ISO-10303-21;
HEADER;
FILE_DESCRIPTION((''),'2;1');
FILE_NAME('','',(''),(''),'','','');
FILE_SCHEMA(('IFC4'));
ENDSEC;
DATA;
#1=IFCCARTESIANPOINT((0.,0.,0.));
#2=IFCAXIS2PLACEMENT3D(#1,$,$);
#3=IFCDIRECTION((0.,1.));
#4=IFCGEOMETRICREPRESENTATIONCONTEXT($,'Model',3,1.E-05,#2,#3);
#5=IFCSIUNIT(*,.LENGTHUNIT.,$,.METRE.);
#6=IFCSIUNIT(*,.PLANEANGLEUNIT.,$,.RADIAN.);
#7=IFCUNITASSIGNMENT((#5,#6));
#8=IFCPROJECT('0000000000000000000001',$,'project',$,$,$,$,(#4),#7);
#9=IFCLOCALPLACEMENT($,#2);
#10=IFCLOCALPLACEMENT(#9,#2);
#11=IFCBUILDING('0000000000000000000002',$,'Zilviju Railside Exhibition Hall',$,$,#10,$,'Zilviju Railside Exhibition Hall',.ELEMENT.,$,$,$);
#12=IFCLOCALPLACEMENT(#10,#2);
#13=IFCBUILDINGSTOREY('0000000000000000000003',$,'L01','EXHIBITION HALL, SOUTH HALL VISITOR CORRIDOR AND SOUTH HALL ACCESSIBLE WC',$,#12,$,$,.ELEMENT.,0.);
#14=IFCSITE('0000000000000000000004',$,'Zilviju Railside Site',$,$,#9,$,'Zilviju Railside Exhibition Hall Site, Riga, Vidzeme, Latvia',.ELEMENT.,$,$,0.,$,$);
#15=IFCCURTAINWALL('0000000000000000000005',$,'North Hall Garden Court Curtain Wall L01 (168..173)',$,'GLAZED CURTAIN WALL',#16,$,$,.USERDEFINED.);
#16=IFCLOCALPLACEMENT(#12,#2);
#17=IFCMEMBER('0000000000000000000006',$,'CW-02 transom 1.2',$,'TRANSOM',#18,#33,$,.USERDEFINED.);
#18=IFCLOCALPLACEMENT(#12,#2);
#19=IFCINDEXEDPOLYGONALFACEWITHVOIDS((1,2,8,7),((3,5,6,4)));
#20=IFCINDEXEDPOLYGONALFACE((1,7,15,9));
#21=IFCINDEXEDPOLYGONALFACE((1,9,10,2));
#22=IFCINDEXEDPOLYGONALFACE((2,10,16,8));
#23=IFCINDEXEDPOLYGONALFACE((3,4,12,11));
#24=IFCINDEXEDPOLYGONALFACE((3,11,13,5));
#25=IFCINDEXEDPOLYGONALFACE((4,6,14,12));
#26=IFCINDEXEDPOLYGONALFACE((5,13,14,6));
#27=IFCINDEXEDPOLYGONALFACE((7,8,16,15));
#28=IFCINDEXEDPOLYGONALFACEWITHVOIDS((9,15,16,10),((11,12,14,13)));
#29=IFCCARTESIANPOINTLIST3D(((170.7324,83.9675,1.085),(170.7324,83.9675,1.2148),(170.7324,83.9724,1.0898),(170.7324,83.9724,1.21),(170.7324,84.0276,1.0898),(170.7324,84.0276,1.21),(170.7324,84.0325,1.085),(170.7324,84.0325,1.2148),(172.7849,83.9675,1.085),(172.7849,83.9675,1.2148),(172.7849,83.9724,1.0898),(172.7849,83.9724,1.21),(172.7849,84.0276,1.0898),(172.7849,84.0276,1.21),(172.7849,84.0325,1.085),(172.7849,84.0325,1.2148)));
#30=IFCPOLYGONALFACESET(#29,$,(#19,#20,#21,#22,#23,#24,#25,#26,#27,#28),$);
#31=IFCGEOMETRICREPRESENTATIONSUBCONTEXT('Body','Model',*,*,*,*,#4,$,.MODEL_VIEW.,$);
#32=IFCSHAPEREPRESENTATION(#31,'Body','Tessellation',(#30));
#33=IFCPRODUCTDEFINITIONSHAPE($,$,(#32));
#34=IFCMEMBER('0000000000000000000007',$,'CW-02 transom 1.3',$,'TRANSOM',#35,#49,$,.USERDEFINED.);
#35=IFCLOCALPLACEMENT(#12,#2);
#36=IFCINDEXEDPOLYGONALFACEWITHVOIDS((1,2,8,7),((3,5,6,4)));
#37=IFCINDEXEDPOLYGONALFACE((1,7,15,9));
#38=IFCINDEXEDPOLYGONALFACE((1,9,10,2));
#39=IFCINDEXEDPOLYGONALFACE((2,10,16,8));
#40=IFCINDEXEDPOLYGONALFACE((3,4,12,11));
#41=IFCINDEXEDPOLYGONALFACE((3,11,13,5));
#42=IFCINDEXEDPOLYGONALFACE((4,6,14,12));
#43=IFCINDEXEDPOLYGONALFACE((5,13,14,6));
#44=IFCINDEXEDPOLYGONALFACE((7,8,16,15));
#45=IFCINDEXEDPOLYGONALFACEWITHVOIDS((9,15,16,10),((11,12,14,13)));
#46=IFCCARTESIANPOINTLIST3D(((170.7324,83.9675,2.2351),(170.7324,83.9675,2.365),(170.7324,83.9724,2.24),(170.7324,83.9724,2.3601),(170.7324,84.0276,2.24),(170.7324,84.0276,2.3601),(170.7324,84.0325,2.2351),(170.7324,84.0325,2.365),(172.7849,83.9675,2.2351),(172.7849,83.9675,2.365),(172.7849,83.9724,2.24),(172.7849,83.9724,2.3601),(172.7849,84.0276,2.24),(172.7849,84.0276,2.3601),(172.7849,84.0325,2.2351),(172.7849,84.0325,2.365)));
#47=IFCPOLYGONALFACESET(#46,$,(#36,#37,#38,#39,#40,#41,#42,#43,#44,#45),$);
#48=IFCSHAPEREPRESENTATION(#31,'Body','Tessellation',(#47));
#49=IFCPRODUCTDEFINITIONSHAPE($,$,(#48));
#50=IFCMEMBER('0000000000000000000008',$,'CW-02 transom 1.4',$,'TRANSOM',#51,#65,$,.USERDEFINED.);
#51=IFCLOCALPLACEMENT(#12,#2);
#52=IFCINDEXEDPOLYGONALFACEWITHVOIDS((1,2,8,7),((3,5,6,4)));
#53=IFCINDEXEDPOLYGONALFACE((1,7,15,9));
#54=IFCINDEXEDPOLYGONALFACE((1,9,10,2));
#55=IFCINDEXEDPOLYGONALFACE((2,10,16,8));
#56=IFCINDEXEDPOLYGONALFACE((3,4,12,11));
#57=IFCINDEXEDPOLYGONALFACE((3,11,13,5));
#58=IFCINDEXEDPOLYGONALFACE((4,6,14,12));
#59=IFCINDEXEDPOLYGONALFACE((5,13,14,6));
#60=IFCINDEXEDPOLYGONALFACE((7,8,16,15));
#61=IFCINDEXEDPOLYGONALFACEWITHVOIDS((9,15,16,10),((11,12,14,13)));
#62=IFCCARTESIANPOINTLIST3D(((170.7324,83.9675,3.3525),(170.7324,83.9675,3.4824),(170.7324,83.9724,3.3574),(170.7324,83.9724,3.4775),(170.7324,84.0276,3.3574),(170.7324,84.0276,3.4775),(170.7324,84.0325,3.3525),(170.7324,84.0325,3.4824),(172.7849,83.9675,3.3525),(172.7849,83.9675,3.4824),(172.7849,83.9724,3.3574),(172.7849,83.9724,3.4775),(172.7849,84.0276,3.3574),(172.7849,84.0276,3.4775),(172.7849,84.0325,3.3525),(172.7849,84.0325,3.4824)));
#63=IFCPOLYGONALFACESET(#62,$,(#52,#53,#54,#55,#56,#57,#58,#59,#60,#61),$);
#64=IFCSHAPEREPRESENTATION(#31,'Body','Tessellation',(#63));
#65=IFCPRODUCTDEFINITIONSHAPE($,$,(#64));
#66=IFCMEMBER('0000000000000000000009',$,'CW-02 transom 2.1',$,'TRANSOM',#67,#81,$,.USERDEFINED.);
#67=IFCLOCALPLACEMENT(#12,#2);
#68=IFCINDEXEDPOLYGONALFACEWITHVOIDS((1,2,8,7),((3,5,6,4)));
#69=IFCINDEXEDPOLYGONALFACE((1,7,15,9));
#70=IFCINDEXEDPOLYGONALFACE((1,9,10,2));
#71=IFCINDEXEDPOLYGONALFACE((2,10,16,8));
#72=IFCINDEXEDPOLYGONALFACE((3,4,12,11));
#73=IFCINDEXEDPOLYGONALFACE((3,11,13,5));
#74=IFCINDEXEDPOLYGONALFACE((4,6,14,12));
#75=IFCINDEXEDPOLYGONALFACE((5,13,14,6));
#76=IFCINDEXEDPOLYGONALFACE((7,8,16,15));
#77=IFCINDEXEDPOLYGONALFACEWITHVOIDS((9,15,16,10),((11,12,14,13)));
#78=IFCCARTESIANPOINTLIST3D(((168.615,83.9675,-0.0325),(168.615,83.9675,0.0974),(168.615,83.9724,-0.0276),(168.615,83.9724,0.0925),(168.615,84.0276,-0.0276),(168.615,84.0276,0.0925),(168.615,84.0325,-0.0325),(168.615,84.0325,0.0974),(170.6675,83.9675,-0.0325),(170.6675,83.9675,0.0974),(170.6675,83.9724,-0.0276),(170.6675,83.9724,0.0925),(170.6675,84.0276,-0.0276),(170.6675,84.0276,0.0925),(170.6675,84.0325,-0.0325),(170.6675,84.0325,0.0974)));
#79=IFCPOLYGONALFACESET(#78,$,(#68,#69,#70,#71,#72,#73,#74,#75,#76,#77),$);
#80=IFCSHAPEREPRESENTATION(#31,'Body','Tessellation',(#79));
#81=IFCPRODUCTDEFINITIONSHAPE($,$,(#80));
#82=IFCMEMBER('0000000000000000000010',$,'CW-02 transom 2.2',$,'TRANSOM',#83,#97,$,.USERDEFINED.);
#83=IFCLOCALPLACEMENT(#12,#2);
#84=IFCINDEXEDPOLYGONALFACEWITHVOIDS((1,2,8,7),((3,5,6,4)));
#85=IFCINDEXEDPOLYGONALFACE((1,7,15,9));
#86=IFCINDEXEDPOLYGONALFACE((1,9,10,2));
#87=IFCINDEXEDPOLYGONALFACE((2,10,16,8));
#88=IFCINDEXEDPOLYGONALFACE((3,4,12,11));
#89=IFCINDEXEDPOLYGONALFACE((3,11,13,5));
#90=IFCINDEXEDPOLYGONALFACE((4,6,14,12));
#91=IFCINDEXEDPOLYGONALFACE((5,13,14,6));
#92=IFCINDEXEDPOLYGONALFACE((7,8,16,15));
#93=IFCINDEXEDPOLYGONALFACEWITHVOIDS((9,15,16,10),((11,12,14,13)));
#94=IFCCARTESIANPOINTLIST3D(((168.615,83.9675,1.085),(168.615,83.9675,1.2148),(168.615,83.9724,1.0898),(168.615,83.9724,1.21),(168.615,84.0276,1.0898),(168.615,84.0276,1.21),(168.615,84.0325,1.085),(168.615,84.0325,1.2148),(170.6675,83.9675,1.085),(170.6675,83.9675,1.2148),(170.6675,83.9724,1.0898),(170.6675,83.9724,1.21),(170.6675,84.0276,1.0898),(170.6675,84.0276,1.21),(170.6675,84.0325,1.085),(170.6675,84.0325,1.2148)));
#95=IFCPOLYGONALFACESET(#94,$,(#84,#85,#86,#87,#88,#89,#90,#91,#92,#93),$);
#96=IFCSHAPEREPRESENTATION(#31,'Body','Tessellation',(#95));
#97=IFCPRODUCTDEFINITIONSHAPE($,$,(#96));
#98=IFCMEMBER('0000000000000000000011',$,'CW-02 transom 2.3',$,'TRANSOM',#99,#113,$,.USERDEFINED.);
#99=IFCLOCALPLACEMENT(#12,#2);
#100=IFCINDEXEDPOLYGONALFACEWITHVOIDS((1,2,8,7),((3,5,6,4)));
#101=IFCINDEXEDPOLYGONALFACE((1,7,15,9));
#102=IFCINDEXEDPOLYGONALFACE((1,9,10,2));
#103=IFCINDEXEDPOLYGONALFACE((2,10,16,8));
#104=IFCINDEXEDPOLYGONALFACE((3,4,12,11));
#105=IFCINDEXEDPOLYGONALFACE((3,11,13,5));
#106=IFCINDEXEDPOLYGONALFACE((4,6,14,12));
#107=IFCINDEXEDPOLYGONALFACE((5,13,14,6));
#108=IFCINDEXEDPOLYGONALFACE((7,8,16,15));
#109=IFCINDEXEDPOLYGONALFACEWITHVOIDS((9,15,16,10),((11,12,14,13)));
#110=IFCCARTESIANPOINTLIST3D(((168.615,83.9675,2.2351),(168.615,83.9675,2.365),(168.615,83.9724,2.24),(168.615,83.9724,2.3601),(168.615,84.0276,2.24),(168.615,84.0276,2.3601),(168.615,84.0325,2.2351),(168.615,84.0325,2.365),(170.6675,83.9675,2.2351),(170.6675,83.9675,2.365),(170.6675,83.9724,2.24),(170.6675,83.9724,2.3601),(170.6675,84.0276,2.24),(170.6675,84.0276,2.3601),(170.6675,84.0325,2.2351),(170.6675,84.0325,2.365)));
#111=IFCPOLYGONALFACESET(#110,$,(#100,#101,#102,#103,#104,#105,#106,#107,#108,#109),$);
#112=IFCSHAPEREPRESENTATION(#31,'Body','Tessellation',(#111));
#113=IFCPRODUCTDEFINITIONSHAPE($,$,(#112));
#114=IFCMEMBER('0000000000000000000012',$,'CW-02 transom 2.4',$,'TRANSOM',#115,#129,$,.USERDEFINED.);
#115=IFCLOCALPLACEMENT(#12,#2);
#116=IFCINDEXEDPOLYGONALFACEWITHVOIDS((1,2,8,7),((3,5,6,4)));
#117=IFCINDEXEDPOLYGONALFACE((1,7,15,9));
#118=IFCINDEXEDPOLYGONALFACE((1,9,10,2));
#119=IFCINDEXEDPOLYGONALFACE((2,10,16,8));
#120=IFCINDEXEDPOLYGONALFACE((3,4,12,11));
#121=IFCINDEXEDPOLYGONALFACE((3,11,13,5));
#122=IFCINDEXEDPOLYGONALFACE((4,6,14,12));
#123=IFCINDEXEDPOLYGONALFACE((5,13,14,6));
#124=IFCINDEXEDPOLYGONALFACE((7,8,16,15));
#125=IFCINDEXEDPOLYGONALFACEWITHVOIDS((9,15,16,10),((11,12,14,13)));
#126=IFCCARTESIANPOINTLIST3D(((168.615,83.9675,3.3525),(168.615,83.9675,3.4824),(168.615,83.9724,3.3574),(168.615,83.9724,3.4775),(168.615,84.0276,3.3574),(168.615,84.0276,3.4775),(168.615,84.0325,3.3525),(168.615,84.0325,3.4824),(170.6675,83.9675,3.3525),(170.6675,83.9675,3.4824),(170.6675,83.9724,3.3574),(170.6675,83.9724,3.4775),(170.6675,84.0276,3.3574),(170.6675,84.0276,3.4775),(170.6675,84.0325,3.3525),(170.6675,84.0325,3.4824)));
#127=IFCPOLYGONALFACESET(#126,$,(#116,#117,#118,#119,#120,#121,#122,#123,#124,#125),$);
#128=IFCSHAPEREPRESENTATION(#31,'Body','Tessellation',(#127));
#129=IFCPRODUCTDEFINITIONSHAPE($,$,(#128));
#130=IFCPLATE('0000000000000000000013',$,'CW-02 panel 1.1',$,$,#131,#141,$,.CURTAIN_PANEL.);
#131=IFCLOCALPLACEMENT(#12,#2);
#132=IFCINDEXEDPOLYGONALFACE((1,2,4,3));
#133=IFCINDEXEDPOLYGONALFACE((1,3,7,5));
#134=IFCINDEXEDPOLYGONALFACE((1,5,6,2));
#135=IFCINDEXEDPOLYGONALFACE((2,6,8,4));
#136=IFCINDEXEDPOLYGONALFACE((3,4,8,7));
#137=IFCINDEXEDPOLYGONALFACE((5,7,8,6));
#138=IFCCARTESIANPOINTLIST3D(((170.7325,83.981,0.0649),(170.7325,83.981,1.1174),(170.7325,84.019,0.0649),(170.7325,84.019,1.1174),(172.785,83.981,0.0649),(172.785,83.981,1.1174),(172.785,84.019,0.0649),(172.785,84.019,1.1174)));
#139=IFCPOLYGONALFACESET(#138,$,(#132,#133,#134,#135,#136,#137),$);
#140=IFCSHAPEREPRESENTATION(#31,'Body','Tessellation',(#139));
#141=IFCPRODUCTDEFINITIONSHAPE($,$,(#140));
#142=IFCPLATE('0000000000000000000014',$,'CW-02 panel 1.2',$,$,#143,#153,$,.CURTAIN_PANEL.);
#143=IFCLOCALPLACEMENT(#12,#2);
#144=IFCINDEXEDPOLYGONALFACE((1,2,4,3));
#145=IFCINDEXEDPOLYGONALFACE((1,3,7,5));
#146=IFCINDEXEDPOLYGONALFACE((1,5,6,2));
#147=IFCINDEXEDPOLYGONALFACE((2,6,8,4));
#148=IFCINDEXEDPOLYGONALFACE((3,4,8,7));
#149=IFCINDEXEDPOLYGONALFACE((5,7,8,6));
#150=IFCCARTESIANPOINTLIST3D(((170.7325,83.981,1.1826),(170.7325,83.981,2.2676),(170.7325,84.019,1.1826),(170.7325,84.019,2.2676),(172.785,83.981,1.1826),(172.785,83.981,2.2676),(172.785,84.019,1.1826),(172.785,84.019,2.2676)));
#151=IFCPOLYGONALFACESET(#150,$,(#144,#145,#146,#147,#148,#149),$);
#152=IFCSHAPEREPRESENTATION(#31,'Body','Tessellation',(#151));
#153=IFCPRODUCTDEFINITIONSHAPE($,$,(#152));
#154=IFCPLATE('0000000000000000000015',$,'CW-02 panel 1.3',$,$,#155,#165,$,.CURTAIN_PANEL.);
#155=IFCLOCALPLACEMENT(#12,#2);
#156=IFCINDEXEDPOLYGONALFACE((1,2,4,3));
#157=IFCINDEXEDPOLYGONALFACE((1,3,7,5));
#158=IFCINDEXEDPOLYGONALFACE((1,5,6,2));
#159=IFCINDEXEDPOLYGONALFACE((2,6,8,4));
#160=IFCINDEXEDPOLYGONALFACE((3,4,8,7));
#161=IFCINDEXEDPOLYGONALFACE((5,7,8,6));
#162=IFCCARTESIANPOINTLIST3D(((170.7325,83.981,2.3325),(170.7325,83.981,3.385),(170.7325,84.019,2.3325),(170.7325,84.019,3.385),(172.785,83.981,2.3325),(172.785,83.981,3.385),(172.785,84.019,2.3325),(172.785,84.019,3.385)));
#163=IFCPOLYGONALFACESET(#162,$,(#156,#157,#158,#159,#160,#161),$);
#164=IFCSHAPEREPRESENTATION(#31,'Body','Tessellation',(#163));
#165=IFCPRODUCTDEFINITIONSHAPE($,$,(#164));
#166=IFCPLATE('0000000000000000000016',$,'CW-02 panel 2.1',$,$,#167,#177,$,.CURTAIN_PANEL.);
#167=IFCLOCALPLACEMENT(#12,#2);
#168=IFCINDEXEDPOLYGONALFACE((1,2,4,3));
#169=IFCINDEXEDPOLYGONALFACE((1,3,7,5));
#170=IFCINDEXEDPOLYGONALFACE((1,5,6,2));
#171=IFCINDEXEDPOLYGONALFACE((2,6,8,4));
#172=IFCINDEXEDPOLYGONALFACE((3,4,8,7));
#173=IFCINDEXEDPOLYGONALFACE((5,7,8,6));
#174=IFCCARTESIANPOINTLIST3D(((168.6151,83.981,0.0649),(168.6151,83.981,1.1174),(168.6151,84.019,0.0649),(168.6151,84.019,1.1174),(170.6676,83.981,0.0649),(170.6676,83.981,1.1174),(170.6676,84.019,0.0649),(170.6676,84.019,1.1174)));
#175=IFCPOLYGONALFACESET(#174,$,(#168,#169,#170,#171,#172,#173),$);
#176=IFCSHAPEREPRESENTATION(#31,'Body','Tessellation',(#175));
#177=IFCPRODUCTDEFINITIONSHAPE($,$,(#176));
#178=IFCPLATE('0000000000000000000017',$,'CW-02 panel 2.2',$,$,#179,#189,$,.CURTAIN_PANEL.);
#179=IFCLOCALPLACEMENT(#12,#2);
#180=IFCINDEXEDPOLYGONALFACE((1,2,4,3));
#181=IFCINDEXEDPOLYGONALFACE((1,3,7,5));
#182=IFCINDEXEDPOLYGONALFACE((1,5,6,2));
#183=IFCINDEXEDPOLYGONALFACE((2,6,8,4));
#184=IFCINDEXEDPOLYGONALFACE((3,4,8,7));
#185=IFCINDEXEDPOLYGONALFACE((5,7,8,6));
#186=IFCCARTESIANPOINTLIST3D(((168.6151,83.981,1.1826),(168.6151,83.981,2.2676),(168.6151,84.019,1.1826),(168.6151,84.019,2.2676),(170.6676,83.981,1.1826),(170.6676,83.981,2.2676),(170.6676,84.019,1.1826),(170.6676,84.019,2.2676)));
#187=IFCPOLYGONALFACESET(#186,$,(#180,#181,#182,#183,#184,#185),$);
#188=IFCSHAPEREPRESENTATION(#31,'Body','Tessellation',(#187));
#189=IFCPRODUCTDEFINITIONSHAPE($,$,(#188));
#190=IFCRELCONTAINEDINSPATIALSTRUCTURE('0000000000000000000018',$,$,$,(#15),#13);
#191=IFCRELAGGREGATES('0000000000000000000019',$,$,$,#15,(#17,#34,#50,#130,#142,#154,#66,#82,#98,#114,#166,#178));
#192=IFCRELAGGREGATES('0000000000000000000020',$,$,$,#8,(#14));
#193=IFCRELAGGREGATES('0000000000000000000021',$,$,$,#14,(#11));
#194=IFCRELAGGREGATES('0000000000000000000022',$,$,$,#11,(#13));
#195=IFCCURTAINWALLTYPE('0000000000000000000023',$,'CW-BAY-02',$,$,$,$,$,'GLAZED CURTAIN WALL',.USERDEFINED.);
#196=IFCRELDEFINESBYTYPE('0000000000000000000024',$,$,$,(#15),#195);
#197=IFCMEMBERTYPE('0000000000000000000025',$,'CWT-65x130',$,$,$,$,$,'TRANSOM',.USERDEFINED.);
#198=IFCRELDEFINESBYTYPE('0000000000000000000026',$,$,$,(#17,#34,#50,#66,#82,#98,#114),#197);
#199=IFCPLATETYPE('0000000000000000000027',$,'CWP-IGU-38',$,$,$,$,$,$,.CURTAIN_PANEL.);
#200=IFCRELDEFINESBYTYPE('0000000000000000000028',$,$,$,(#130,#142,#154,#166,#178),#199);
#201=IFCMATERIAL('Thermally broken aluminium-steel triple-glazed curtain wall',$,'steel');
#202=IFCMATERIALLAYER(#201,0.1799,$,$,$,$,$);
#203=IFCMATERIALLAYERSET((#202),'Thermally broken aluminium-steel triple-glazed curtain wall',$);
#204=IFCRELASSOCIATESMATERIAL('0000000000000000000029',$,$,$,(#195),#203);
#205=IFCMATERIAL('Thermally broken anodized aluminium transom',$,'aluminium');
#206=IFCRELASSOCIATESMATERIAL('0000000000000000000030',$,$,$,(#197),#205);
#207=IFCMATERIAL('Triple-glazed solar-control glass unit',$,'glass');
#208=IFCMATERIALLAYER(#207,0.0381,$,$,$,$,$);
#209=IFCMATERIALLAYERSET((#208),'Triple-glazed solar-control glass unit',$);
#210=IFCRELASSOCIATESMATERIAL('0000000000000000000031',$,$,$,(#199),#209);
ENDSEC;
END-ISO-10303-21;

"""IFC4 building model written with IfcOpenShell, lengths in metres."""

from ifc_helpers import new_model, si_unit, direction, frame, origin, origin_2d, place, context, subcontext, project, spatial, rectangle, hollow_rectangle, extrude, material, layer, layer_set, material_profile, profile_set, type_object, element, aggregate, save


model = new_model("IFC4")

# Units and contexts
model_context = context("Model", 3, precision=1e-05, world=origin(), true_north=direction((0.0, 1.0)))
body_context = subcontext(model_context, "Body", "Model", "MODEL_VIEW")
ifc_project = project(units=[si_unit("LENGTHUNIT", "METRE"), si_unit("PLANEANGLEUNIT", "RADIAN")], contexts=[model_context])

# Site, building, storey
site_placement = place(None, origin())
site = spatial("IfcSite", under=ifc_project, at=site_placement, Name="Zilviju Railside Site", LongName="Zilviju Railside Exhibition Hall Site, Riga, Vidzeme, Latvia", CompositionType="ELEMENT", RefElevation=0.0)
building_placement = place(site_placement, origin())
building = spatial("IfcBuilding", under=site, at=building_placement, Name="Zilviju Railside Exhibition Hall", LongName="Zilviju Railside Exhibition Hall", CompositionType="ELEMENT")
storey_placement = place(building_placement, origin())
storey = spatial("IfcBuildingStorey", under=building, at=storey_placement, Name="L01", Description="EXHIBITION HALL, SOUTH HALL VISITOR CORRIDOR AND SOUTH HALL ACCESSIBLE WC", CompositionType="ELEMENT", Elevation=0.0)

# Curtain wall, members, plates
ifc_material_1 = material(Name="Thermally broken aluminium-steel triple-glazed curtain wall", Category="steel")
ifc_layer_1 = layer(ifc_material_1, 0.1799)
ifc_layer_set_1 = layer_set([ifc_layer_1], Name="Thermally broken aluminium-steel triple-glazed curtain wall")
curtain_wall_type = type_object("IfcCurtainWallType", Name="CW-BAY-02", ElementType="GLAZED CURTAIN WALL", PredefinedType="USERDEFINED", material=ifc_layer_set_1)
curtain_wall_placement = place(storey_placement, origin())
curtain_wall = element("IfcCurtainWall", 1, at=curtain_wall_placement, inside=storey, type_object=curtain_wall_type, Name="North Hall Garden Court Curtain Wall L01 (168..173)", ObjectType="GLAZED CURTAIN WALL", PredefinedType="USERDEFINED")
ifc_material_2 = material(Name="Thermally broken anodized aluminium transom", Category="aluminium")
ifc_material_profile_1 = material_profile(ifc_material_2, hollow_rectangle(XDim=0.0649, YDim=0.1299, WallThickness=0.0049, at=origin_2d()), Name="TRANSOM 130x65x5")
ifc_profile_set_1 = profile_set([ifc_material_profile_1], Name="Thermally broken anodized aluminium transom")
member_type_1 = type_object("IfcMemberType", Name="CWT-65x130", ElementType="TRANSOM", PredefinedType="USERDEFINED", material=ifc_profile_set_1)
member_1_placement = place(storey_placement, frame((172.7849, 84.0, 1.1499), z_axis=(-1.0, 0.0, 0.0), x_axis=(0.0, -1.0, 0.0)))
member_1 = element("IfcMember", 2, at=member_1_placement, type_object=member_type_1, Name="CW-02 transom 1.2", ObjectType="TRANSOM", PredefinedType="USERDEFINED", context=body_context, shape_type="SweptSolid", body=[
    extrude(hollow_rectangle(XDim=0.0649, YDim=0.1299, WallThickness=0.0049, at=origin_2d()), origin(), (0.0, 0.0, 1.0), 2.0525),
])
member_2_placement = place(storey_placement, frame((172.7849, 84.0, 2.3), z_axis=(-1.0, 0.0, 0.0), x_axis=(0.0, -1.0, 0.0)))
member_2 = element("IfcMember", 3, at=member_2_placement, type_object=member_type_1, Name="CW-02 transom 1.3", ObjectType="TRANSOM", PredefinedType="USERDEFINED", context=body_context, shape_type="SweptSolid", body=[
    extrude(hollow_rectangle(XDim=0.0649, YDim=0.1299, WallThickness=0.0049, at=origin_2d()), origin(), (0.0, 0.0, 1.0), 2.0525),
])
member_3_placement = place(storey_placement, frame((172.7849, 84.0, 3.4175), z_axis=(-1.0, 0.0, 0.0), x_axis=(0.0, -1.0, 0.0)))
member_3 = element("IfcMember", 4, at=member_3_placement, type_object=member_type_1, Name="CW-02 transom 1.4", ObjectType="TRANSOM", PredefinedType="USERDEFINED", context=body_context, shape_type="SweptSolid", body=[
    extrude(hollow_rectangle(XDim=0.0649, YDim=0.1299, WallThickness=0.0049, at=origin_2d()), origin(), (0.0, 0.0, 1.0), 2.0525),
])
member_4_placement = place(storey_placement, frame((170.6675, 84.0, 0.0325), z_axis=(-1.0, 0.0, 0.0), x_axis=(0.0, -1.0, 0.0)))
member_4 = element("IfcMember", 5, at=member_4_placement, type_object=member_type_1, Name="CW-02 transom 2.1", ObjectType="TRANSOM", PredefinedType="USERDEFINED", context=body_context, shape_type="SweptSolid", body=[
    extrude(hollow_rectangle(XDim=0.0649, YDim=0.1299, WallThickness=0.0049, at=origin_2d()), origin(), (0.0, 0.0, 1.0), 2.0525),
])
member_5_placement = place(storey_placement, frame((170.6675, 84.0, 1.1499), z_axis=(-1.0, 0.0, 0.0), x_axis=(0.0, -1.0, 0.0)))
member_5 = element("IfcMember", 6, at=member_5_placement, type_object=member_type_1, Name="CW-02 transom 2.2", ObjectType="TRANSOM", PredefinedType="USERDEFINED", context=body_context, shape_type="SweptSolid", body=[
    extrude(hollow_rectangle(XDim=0.0649, YDim=0.1299, WallThickness=0.0049, at=origin_2d()), origin(), (0.0, 0.0, 1.0), 2.0525),
])
member_6_placement = place(storey_placement, frame((170.6675, 84.0, 2.3), z_axis=(-1.0, 0.0, 0.0), x_axis=(0.0, -1.0, 0.0)))
member_6 = element("IfcMember", 7, at=member_6_placement, type_object=member_type_1, Name="CW-02 transom 2.3", ObjectType="TRANSOM", PredefinedType="USERDEFINED", context=body_context, shape_type="SweptSolid", body=[
    extrude(hollow_rectangle(XDim=0.0649, YDim=0.1299, WallThickness=0.0049, at=origin_2d()), origin(), (0.0, 0.0, 1.0), 2.0525),
])
member_7_placement = place(storey_placement, frame((170.6675, 84.0, 3.4175), z_axis=(-1.0, 0.0, 0.0), x_axis=(0.0, -1.0, 0.0)))
member_7 = element("IfcMember", 8, at=member_7_placement, type_object=member_type_1, Name="CW-02 transom 2.4", ObjectType="TRANSOM", PredefinedType="USERDEFINED", context=body_context, shape_type="SweptSolid", body=[
    extrude(hollow_rectangle(XDim=0.0649, YDim=0.1299, WallThickness=0.0049, at=origin_2d()), origin(), (0.0, 0.0, 1.0), 2.0525),
])
ifc_material_3 = material(Name="Triple-glazed solar-control glass unit", Category="glass")
ifc_layer_2 = layer(ifc_material_3, 0.0381)
ifc_layer_set_2 = layer_set([ifc_layer_2], Name="Triple-glazed solar-control glass unit")
plate_type = type_object("IfcPlateType", Name="CWP-IGU-38", PredefinedType="CURTAIN_PANEL", material=ifc_layer_set_2)
plate_1_placement = place(storey_placement, frame((171.7588, 84.0, 0.0649), z_axis=(0.0, 0.0, 1.0), x_axis=(-1.0, 0.0, 0.0)))
plate_1 = element("IfcPlate", 9, at=plate_1_placement, type_object=plate_type, Name="CW-02 panel 1.1", PredefinedType="CURTAIN_PANEL", context=body_context, shape_type="SweptSolid", body=[
    extrude(rectangle(XDim=2.0525, YDim=0.0381, at=origin_2d()), origin(), (0.0, 0.0, 1.0), 1.0525),
])
plate_2_placement = place(storey_placement, frame((171.7588, 84.0, 1.1826), z_axis=(0.0, 0.0, 1.0), x_axis=(-1.0, 0.0, 0.0)))
plate_2 = element("IfcPlate", 10, at=plate_2_placement, type_object=plate_type, Name="CW-02 panel 1.2", PredefinedType="CURTAIN_PANEL", context=body_context, shape_type="SweptSolid", body=[
    extrude(rectangle(XDim=2.0525, YDim=0.0381, at=origin_2d()), origin(), (0.0, 0.0, 1.0), 1.085),
])
plate_3_placement = place(storey_placement, frame((171.7588, 84.0, 2.3325), z_axis=(0.0, 0.0, 1.0), x_axis=(-1.0, 0.0, 0.0)))
plate_3 = element("IfcPlate", 11, at=plate_3_placement, type_object=plate_type, Name="CW-02 panel 1.3", PredefinedType="CURTAIN_PANEL", context=body_context, shape_type="SweptSolid", body=[
    extrude(rectangle(XDim=2.0525, YDim=0.0381, at=origin_2d()), origin(), (0.0, 0.0, 1.0), 1.0525),
])
plate_4_placement = place(storey_placement, frame((169.6414, 84.0, 0.0649), z_axis=(0.0, 0.0, 1.0), x_axis=(-1.0, 0.0, 0.0)))
plate_4 = element("IfcPlate", 12, at=plate_4_placement, type_object=plate_type, Name="CW-02 panel 2.1", PredefinedType="CURTAIN_PANEL", context=body_context, shape_type="SweptSolid", body=[
    extrude(rectangle(XDim=2.0525, YDim=0.0381, at=origin_2d()), origin(), (0.0, 0.0, 1.0), 1.0525),
])
plate_5_placement = place(storey_placement, frame((169.6414, 84.0, 1.1826), z_axis=(0.0, 0.0, 1.0), x_axis=(-1.0, 0.0, 0.0)))
plate_5 = element("IfcPlate", 13, at=plate_5_placement, type_object=plate_type, Name="CW-02 panel 2.2", PredefinedType="CURTAIN_PANEL", context=body_context, shape_type="SweptSolid", body=[
    extrude(rectangle(XDim=2.0525, YDim=0.0381, at=origin_2d()), origin(), (0.0, 0.0, 1.0), 1.085),
])
aggregate(curtain_wall, [member_1, member_2, member_3, plate_1, plate_2, plate_3, member_4, member_5, member_6, member_7, plate_4, plate_5])

save(model, "model.ifc")
